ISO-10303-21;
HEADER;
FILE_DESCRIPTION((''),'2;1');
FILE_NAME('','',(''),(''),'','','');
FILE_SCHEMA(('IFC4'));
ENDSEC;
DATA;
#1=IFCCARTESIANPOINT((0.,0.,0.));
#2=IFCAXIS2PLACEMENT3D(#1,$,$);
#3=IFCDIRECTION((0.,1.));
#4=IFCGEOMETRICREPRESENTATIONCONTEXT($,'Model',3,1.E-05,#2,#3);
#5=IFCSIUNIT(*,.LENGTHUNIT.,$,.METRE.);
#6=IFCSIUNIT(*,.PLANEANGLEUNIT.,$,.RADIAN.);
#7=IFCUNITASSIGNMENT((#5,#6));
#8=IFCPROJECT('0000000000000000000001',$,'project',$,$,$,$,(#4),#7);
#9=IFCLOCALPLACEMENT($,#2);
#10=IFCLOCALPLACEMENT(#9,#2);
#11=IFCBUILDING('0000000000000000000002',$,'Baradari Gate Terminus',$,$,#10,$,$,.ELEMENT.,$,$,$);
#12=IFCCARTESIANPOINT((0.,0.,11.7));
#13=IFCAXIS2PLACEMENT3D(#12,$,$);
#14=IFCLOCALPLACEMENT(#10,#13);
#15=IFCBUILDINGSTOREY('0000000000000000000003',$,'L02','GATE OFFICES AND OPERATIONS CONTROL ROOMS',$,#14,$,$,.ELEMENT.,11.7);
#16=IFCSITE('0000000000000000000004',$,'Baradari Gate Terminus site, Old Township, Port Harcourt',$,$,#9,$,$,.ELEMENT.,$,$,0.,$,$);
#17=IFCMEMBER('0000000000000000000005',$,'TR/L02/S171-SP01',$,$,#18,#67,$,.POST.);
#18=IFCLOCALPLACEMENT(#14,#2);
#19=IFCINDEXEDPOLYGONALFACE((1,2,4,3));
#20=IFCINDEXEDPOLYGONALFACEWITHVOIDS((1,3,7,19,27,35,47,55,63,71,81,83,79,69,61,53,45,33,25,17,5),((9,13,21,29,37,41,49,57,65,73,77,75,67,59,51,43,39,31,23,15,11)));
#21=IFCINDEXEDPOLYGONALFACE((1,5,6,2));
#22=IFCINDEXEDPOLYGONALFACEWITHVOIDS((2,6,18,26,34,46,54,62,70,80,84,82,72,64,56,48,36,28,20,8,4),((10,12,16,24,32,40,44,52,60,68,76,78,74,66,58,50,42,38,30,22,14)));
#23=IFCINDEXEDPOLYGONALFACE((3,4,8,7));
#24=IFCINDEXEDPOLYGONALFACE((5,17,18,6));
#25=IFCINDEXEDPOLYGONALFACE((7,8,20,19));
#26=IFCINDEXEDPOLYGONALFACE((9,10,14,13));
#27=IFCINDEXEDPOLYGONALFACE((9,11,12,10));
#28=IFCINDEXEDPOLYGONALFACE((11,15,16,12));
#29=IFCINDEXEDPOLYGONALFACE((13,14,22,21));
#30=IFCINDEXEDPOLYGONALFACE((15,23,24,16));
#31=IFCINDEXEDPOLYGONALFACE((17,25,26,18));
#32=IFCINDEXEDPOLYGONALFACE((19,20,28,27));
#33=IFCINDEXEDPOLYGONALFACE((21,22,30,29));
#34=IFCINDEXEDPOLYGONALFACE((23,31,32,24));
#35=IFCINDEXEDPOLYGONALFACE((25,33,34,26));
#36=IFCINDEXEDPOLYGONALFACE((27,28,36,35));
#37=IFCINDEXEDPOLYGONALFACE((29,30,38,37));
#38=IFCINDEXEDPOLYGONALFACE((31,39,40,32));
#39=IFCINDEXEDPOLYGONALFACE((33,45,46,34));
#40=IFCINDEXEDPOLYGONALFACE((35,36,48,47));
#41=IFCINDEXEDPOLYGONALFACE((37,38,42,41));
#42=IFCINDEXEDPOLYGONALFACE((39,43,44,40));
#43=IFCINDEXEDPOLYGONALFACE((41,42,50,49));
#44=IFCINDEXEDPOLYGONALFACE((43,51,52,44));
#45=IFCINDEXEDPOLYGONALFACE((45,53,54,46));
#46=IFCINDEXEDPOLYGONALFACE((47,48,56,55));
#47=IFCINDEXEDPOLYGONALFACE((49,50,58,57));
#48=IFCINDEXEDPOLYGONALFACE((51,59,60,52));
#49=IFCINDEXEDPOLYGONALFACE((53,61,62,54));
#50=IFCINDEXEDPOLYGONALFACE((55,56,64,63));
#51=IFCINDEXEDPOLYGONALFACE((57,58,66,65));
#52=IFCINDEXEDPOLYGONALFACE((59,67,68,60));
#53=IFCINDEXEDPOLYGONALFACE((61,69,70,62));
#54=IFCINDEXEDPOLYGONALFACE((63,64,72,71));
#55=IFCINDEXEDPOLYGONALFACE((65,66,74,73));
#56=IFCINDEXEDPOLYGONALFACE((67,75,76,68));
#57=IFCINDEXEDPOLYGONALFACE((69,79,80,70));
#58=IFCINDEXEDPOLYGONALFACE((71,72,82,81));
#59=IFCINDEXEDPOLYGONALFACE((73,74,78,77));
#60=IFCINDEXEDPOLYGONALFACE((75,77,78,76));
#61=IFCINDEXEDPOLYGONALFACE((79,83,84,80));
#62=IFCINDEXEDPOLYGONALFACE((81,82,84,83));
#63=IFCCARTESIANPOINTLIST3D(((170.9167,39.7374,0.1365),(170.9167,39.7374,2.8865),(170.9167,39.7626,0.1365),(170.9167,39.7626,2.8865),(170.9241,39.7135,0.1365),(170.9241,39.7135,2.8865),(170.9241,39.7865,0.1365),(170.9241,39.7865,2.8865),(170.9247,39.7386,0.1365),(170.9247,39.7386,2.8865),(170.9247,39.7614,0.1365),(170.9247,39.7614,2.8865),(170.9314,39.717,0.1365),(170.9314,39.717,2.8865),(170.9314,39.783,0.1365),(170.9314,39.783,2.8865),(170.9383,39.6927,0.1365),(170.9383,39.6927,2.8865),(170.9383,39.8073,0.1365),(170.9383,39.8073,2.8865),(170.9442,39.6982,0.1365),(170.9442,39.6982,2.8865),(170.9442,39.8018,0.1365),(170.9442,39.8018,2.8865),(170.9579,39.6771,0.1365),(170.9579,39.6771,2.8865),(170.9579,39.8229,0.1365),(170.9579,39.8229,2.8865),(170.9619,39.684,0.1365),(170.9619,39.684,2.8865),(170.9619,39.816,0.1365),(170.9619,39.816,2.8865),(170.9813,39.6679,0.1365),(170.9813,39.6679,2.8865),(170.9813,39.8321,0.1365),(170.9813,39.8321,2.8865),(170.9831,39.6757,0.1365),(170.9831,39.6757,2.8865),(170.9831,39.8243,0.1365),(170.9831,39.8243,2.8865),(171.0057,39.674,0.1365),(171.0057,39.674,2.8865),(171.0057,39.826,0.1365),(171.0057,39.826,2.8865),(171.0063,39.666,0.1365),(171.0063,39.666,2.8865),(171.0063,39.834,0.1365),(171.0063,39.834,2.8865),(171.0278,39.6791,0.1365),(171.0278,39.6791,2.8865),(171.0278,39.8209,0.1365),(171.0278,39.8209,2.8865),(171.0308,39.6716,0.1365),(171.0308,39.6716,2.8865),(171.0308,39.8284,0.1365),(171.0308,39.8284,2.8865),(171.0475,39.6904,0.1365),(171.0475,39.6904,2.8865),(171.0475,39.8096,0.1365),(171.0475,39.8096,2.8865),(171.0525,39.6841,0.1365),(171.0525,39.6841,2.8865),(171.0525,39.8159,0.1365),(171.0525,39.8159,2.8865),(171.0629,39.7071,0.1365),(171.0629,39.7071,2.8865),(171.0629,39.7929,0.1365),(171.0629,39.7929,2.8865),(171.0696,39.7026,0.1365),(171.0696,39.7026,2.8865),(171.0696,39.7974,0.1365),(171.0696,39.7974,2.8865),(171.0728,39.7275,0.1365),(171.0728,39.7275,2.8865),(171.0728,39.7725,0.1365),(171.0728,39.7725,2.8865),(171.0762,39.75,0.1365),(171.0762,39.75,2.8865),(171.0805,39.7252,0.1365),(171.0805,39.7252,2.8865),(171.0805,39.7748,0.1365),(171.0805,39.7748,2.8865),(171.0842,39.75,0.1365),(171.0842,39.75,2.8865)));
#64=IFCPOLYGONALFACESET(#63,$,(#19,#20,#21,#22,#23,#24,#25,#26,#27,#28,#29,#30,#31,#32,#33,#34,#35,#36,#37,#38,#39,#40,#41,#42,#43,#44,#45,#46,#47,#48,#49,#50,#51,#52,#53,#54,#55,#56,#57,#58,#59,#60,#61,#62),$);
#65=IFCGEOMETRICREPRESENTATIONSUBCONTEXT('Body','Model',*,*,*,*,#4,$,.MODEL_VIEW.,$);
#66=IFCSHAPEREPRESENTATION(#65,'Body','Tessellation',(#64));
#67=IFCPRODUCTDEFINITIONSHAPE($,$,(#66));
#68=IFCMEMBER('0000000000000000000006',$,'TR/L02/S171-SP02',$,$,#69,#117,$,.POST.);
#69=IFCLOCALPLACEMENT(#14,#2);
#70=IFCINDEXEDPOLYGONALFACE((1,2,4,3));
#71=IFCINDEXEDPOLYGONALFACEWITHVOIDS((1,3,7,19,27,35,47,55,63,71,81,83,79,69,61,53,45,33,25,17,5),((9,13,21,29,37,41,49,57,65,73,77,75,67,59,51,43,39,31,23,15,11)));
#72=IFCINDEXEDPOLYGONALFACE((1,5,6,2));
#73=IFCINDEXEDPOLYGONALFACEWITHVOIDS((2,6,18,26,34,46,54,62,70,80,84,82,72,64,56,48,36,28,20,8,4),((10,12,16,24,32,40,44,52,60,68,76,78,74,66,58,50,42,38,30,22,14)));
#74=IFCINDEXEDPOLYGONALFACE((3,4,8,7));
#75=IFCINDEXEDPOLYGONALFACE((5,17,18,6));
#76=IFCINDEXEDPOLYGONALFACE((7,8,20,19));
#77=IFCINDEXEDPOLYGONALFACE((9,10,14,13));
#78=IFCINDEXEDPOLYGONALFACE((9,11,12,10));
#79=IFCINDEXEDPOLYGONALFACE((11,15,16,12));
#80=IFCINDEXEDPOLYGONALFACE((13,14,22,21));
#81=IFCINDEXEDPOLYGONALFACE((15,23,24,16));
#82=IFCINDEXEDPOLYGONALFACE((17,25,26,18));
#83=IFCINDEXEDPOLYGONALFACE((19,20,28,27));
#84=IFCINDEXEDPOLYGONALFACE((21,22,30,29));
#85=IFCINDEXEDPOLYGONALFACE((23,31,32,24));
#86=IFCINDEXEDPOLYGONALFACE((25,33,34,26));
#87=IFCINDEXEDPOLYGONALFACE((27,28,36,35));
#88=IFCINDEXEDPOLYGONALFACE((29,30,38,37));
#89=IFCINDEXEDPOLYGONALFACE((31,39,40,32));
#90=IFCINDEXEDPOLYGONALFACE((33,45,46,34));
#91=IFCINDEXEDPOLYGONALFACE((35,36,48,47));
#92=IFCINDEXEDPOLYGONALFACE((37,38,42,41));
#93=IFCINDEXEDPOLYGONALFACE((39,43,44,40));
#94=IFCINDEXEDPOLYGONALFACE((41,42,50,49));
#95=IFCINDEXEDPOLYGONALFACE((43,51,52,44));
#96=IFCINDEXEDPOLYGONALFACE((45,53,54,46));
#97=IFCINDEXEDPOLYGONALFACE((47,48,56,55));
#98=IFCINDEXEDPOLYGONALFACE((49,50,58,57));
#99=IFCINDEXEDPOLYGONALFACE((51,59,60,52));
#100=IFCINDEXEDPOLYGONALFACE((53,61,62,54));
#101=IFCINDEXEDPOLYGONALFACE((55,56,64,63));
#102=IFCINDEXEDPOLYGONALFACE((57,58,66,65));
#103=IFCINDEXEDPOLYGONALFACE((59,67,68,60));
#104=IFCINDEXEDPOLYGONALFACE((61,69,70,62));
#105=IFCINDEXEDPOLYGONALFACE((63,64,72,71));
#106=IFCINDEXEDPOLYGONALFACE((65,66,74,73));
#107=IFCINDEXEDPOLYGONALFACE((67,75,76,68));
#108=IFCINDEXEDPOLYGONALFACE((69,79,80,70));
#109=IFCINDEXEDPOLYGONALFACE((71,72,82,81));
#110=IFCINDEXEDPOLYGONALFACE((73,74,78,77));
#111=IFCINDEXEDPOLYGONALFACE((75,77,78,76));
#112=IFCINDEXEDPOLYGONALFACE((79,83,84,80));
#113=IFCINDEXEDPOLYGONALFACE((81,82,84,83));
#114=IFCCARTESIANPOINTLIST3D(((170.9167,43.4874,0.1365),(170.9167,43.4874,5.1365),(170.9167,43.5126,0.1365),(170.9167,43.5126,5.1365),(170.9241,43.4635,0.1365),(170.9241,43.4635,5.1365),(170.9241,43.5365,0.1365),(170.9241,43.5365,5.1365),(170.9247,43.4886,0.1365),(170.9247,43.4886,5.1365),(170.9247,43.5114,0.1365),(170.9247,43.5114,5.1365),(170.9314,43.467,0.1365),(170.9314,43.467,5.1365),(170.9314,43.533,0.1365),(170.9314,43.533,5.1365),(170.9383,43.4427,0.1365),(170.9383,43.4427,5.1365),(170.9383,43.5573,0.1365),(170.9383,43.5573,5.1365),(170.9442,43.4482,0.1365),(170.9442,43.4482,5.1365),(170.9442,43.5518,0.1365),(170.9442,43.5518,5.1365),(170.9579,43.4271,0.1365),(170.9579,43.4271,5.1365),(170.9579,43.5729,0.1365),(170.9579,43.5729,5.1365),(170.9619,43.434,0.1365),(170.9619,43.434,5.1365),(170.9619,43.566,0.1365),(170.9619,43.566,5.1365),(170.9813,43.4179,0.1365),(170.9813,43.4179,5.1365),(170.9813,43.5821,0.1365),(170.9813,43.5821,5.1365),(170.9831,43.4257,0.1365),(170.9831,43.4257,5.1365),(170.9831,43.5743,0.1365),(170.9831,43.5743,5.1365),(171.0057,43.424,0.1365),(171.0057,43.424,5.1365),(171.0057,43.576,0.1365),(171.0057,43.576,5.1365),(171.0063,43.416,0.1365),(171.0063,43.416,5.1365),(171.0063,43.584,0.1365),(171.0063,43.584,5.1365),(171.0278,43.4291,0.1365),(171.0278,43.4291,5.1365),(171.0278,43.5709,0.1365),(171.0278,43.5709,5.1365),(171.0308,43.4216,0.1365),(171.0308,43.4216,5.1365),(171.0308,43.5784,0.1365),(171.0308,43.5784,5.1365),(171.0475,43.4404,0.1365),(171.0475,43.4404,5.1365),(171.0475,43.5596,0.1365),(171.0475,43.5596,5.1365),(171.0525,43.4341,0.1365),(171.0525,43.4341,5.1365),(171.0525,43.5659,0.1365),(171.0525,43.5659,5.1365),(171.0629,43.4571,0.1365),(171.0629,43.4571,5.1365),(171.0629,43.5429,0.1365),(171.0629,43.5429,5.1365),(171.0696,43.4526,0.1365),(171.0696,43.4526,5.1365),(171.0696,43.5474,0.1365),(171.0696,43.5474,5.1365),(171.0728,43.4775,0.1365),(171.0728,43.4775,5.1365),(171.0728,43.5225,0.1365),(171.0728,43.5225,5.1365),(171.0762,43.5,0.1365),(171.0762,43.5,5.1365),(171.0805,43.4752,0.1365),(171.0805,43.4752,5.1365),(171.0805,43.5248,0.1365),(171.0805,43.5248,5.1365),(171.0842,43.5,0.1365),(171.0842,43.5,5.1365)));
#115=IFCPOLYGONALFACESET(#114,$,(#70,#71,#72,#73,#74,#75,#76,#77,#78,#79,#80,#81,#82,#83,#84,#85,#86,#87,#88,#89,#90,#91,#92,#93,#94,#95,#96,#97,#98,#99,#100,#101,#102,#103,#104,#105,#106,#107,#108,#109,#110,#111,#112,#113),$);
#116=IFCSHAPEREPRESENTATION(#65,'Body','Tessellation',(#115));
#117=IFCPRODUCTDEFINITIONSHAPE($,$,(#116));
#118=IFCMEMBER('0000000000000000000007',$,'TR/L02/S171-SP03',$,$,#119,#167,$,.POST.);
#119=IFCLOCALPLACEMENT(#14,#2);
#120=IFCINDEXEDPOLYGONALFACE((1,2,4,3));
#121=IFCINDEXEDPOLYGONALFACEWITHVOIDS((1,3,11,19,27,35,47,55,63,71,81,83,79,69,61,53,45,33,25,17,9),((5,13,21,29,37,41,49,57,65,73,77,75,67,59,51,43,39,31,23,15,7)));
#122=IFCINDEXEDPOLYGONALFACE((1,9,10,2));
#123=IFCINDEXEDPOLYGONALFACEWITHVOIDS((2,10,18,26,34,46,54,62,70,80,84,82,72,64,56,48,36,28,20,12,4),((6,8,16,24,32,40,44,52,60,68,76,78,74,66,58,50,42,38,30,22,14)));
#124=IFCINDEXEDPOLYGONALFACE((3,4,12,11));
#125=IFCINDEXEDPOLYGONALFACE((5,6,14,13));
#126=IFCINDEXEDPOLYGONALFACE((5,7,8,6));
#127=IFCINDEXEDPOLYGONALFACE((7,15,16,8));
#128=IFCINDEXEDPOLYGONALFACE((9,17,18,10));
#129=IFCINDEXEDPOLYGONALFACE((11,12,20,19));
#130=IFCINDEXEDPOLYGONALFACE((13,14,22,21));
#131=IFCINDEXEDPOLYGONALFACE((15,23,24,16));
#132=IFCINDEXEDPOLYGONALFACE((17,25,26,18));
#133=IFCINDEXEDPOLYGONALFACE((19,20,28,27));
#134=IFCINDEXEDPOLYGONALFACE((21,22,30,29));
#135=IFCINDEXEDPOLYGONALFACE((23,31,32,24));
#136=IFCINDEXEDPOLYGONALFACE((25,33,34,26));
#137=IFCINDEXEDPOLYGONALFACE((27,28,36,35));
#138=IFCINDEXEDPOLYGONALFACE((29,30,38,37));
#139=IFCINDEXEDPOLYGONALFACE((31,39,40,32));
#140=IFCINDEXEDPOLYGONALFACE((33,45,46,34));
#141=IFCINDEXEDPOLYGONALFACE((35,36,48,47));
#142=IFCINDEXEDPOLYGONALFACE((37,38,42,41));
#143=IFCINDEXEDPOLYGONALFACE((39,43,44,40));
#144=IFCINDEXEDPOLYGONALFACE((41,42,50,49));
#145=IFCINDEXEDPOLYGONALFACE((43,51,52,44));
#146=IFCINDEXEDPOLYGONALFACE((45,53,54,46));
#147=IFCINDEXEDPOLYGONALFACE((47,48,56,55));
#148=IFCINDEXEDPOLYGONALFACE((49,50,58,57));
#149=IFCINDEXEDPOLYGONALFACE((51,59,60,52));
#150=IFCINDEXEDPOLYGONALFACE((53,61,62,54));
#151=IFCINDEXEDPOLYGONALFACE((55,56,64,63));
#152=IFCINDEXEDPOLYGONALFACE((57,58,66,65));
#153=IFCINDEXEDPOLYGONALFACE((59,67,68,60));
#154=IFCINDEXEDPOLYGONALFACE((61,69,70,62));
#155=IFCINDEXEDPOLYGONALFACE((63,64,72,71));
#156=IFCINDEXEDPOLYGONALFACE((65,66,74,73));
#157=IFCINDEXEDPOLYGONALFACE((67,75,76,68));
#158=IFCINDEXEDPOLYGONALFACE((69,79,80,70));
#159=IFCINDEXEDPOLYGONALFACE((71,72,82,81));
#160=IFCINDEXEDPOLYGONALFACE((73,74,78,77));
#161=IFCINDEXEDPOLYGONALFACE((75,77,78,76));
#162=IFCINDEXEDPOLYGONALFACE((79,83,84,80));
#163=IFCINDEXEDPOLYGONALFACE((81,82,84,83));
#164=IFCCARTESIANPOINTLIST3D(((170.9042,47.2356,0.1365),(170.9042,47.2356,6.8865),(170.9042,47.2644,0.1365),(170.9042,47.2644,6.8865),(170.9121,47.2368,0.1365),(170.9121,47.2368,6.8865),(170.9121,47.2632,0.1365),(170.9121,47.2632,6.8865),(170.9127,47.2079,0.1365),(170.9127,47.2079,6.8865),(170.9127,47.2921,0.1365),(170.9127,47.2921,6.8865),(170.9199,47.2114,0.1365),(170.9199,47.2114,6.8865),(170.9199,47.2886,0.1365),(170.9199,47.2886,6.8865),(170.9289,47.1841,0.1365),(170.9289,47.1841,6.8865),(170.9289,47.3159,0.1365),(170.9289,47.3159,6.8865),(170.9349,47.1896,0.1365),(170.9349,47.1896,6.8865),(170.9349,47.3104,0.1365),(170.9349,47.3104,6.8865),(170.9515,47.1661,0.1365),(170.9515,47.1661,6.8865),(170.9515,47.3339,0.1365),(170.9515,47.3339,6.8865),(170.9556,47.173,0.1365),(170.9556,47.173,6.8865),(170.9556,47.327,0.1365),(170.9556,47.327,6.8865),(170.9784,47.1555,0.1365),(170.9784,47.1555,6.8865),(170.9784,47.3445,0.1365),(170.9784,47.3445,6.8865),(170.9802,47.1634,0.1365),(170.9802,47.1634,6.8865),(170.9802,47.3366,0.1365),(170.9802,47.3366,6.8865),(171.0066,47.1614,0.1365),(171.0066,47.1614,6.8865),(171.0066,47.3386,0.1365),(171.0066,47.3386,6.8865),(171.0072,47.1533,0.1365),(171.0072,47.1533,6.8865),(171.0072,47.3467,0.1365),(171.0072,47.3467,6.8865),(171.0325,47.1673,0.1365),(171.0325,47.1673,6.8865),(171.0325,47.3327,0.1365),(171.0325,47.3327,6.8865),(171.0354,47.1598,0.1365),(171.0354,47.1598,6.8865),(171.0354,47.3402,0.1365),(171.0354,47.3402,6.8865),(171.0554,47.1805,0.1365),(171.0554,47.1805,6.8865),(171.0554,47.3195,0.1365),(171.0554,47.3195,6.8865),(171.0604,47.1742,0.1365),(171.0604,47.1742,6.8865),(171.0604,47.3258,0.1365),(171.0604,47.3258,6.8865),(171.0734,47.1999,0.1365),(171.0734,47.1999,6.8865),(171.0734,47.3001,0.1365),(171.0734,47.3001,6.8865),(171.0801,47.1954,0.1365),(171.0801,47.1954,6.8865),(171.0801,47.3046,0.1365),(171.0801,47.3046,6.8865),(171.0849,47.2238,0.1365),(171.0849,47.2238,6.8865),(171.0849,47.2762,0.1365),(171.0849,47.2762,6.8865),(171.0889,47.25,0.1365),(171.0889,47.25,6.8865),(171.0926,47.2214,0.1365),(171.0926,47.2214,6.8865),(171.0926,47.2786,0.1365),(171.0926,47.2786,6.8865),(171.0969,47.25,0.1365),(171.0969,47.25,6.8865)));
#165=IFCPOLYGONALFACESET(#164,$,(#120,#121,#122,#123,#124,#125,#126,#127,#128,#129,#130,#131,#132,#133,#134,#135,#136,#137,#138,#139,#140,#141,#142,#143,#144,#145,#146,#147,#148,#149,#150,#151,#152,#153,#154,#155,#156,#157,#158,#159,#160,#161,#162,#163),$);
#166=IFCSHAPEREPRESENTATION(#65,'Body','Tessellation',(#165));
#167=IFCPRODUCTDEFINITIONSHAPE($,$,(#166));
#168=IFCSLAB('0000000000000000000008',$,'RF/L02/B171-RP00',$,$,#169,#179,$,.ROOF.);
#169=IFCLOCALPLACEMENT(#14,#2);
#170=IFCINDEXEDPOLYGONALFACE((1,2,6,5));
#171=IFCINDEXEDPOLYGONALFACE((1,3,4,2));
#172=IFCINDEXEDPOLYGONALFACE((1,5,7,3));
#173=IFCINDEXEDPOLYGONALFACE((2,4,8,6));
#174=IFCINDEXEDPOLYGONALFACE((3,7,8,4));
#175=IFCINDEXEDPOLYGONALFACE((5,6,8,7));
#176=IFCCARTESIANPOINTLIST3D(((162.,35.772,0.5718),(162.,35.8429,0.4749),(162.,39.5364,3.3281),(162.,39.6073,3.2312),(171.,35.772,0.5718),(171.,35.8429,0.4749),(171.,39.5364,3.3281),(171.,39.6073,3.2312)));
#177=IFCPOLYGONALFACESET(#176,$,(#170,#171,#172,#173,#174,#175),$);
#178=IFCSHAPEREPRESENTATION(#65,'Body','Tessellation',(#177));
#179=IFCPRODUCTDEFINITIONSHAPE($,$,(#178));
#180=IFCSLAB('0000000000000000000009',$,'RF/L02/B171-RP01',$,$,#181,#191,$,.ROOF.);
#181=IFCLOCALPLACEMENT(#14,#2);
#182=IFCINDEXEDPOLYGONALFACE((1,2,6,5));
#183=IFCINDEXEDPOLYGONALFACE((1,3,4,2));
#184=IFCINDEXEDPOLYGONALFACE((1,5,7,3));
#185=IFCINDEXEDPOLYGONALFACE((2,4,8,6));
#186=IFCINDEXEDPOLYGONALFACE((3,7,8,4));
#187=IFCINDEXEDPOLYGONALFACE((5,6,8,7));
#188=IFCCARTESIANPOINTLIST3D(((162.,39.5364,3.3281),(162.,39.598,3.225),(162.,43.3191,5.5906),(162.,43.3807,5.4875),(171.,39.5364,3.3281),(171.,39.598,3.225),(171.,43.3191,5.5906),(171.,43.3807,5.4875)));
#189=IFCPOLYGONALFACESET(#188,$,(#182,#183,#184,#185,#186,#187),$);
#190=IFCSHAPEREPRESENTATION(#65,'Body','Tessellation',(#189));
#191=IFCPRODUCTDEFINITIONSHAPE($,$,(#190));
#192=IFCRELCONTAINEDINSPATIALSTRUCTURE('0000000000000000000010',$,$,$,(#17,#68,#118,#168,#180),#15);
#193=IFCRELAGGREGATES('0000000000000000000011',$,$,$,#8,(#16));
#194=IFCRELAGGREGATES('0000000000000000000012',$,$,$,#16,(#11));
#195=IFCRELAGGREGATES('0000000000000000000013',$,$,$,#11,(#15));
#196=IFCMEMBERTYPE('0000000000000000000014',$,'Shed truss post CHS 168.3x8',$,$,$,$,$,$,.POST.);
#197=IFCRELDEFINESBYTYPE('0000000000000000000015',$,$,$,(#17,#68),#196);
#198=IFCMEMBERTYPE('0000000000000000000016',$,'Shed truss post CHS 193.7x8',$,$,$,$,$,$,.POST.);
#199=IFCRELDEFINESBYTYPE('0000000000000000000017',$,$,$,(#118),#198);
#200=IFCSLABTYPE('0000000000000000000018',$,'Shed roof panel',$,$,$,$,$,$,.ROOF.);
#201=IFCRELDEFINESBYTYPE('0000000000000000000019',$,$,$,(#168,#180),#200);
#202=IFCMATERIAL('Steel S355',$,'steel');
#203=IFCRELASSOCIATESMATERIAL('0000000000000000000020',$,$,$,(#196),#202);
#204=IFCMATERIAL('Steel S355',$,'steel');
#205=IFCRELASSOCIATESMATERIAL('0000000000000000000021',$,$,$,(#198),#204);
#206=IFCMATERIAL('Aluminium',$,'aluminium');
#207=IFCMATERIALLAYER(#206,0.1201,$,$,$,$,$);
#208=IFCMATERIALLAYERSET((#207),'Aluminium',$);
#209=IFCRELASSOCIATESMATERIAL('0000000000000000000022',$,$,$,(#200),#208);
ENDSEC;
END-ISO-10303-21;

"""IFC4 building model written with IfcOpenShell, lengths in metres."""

from ifc_helpers import new_model, si_unit, direction, frame, origin, origin_2d, place, context, subcontext, project, spatial, polyline, hollow_circle, outline, extrude, material, layer, layer_set, material_profile, profile_set, type_object, element, save


model = new_model("IFC4")

# Units and contexts
model_context = context("Model", 3, precision=1e-05, world=origin(), true_north=direction((0.0, 1.0)))
body_context = subcontext(model_context, "Body", "Model", "MODEL_VIEW")
ifc_project = project(units=[si_unit("LENGTHUNIT", "METRE"), si_unit("PLANEANGLEUNIT", "RADIAN")], contexts=[model_context])

# Site, building, storey
site_placement = place(None, origin())
site = spatial("IfcSite", under=ifc_project, at=site_placement, Name="Baradari Gate Terminus site, Old Township, Port Harcourt", CompositionType="ELEMENT", RefElevation=0.0)
building_placement = place(site_placement, origin())
building = spatial("IfcBuilding", under=site, at=building_placement, Name="Baradari Gate Terminus", CompositionType="ELEMENT")
storey_placement = place(building_placement, frame((0.0, 0.0, 11.7)))
storey = spatial("IfcBuildingStorey", under=building, at=storey_placement, Name="L02", Description="GATE OFFICES AND OPERATIONS CONTROL ROOMS", CompositionType="ELEMENT", Elevation=11.7)

# Members
ifc_material_1 = material(Name="Steel S355", Category="steel")
ifc_material_profile_1 = material_profile(ifc_material_1, hollow_circle(Radius=0.0842, WallThickness=0.0081, at=origin_2d()), Name="CHS 168.3x8")
ifc_profile_set_1 = profile_set([ifc_material_profile_1], Name="Steel S355")
member_type_1 = type_object("IfcMemberType", Name="Shed truss post CHS 168.3x8", PredefinedType="POST", material=ifc_profile_set_1)
member_1_placement = place(storey_placement, frame((171.0, 39.75, 0.1365), z_axis=(0.0, 0.0, 1.0), x_axis=(1.0, 0.0, 0.0)))
element("IfcMember", 1, at=member_1_placement, inside=storey, type_object=member_type_1, Name="TR/L02/S171-SP01", PredefinedType="POST", context=body_context, shape_type="SweptSolid", body=[
    extrude(hollow_circle(Radius=0.0842, WallThickness=0.0081, at=origin_2d()), origin(), (0.0, 0.0, 1.0), 2.75),
])
member_2_placement = place(storey_placement, frame((171.0, 43.5, 0.1365), z_axis=(0.0, 0.0, 1.0), x_axis=(1.0, 0.0, 0.0)))
element("IfcMember", 2, at=member_2_placement, inside=storey, type_object=member_type_1, Name="TR/L02/S171-SP02", PredefinedType="POST", context=body_context, shape_type="SweptSolid", body=[
    extrude(hollow_circle(Radius=0.0842, WallThickness=0.0081, at=origin_2d()), origin(), (0.0, 0.0, 1.0), 5.0),
])
ifc_material_2 = material(Name="Steel S355", Category="steel")
ifc_material_profile_2 = material_profile(ifc_material_2, hollow_circle(Radius=0.0969, WallThickness=0.0081, at=origin_2d()), Name="CHS 193.7x8")
ifc_profile_set_2 = profile_set([ifc_material_profile_2], Name="Steel S355")
member_type_2 = type_object("IfcMemberType", Name="Shed truss post CHS 193.7x8", PredefinedType="POST", material=ifc_profile_set_2)
member_3_placement = place(storey_placement, frame((171.0, 47.25, 0.1365), z_axis=(0.0, 0.0, 1.0), x_axis=(1.0, 0.0, 0.0)))
element("IfcMember", 3, at=member_3_placement, inside=storey, type_object=member_type_2, Name="TR/L02/S171-SP03", PredefinedType="POST", context=body_context, shape_type="SweptSolid", body=[
    extrude(hollow_circle(Radius=0.0969, WallThickness=0.0081, at=origin_2d()), origin(), (0.0, 0.0, 1.0), 6.75),
])

# Slabs
ifc_material_3 = material(Name="Aluminium", Category="aluminium")
ifc_layer_1 = layer(ifc_material_3, 0.1201)
ifc_layer_set_1 = layer_set([ifc_layer_1], Name="Aluminium")
slab_type = type_object("IfcSlabType", Name="Shed roof panel", PredefinedType="ROOF", material=ifc_layer_set_1)
slab_1_placement = place(storey_placement, frame((162.0, 35.772, 0.5718), z_axis=(0.0, -0.590776, 0.806836), x_axis=(1.0, 0.0, 0.0)))
element("IfcSlab", 4, at=slab_1_placement, inside=storey, type_object=slab_type, Name="RF/L02/B171-RP00", PredefinedType="ROOF", context=body_context, shape_type="SweptSolid", body=[
    extrude(outline(polyline([(0.0, 0.0), (9.0, 0.0), (9.0, 4.6656), (0.0, 4.6656), (0.0, 0.0)])), origin(), (0.0, 0.0, -1.0), 0.1201),
])
slab_2_placement = place(storey_placement, frame((162.0, 39.5364, 3.3281), z_axis=(0.0, -0.513298, 0.858211), x_axis=(1.0, 0.0, 0.0)))
element("IfcSlab", 5, at=slab_2_placement, inside=storey, type_object=slab_type, Name="RF/L02/B171-RP01", PredefinedType="ROOF", context=body_context, shape_type="SweptSolid", body=[
    extrude(outline(polyline([(0.0, 0.0), (9.0, 0.0), (9.0, 4.4077), (0.0, 4.4077), (0.0, 0.0)])), origin(), (0.0, 0.0, -1.0), 0.1201),
])

save(model, "model.ifc")
